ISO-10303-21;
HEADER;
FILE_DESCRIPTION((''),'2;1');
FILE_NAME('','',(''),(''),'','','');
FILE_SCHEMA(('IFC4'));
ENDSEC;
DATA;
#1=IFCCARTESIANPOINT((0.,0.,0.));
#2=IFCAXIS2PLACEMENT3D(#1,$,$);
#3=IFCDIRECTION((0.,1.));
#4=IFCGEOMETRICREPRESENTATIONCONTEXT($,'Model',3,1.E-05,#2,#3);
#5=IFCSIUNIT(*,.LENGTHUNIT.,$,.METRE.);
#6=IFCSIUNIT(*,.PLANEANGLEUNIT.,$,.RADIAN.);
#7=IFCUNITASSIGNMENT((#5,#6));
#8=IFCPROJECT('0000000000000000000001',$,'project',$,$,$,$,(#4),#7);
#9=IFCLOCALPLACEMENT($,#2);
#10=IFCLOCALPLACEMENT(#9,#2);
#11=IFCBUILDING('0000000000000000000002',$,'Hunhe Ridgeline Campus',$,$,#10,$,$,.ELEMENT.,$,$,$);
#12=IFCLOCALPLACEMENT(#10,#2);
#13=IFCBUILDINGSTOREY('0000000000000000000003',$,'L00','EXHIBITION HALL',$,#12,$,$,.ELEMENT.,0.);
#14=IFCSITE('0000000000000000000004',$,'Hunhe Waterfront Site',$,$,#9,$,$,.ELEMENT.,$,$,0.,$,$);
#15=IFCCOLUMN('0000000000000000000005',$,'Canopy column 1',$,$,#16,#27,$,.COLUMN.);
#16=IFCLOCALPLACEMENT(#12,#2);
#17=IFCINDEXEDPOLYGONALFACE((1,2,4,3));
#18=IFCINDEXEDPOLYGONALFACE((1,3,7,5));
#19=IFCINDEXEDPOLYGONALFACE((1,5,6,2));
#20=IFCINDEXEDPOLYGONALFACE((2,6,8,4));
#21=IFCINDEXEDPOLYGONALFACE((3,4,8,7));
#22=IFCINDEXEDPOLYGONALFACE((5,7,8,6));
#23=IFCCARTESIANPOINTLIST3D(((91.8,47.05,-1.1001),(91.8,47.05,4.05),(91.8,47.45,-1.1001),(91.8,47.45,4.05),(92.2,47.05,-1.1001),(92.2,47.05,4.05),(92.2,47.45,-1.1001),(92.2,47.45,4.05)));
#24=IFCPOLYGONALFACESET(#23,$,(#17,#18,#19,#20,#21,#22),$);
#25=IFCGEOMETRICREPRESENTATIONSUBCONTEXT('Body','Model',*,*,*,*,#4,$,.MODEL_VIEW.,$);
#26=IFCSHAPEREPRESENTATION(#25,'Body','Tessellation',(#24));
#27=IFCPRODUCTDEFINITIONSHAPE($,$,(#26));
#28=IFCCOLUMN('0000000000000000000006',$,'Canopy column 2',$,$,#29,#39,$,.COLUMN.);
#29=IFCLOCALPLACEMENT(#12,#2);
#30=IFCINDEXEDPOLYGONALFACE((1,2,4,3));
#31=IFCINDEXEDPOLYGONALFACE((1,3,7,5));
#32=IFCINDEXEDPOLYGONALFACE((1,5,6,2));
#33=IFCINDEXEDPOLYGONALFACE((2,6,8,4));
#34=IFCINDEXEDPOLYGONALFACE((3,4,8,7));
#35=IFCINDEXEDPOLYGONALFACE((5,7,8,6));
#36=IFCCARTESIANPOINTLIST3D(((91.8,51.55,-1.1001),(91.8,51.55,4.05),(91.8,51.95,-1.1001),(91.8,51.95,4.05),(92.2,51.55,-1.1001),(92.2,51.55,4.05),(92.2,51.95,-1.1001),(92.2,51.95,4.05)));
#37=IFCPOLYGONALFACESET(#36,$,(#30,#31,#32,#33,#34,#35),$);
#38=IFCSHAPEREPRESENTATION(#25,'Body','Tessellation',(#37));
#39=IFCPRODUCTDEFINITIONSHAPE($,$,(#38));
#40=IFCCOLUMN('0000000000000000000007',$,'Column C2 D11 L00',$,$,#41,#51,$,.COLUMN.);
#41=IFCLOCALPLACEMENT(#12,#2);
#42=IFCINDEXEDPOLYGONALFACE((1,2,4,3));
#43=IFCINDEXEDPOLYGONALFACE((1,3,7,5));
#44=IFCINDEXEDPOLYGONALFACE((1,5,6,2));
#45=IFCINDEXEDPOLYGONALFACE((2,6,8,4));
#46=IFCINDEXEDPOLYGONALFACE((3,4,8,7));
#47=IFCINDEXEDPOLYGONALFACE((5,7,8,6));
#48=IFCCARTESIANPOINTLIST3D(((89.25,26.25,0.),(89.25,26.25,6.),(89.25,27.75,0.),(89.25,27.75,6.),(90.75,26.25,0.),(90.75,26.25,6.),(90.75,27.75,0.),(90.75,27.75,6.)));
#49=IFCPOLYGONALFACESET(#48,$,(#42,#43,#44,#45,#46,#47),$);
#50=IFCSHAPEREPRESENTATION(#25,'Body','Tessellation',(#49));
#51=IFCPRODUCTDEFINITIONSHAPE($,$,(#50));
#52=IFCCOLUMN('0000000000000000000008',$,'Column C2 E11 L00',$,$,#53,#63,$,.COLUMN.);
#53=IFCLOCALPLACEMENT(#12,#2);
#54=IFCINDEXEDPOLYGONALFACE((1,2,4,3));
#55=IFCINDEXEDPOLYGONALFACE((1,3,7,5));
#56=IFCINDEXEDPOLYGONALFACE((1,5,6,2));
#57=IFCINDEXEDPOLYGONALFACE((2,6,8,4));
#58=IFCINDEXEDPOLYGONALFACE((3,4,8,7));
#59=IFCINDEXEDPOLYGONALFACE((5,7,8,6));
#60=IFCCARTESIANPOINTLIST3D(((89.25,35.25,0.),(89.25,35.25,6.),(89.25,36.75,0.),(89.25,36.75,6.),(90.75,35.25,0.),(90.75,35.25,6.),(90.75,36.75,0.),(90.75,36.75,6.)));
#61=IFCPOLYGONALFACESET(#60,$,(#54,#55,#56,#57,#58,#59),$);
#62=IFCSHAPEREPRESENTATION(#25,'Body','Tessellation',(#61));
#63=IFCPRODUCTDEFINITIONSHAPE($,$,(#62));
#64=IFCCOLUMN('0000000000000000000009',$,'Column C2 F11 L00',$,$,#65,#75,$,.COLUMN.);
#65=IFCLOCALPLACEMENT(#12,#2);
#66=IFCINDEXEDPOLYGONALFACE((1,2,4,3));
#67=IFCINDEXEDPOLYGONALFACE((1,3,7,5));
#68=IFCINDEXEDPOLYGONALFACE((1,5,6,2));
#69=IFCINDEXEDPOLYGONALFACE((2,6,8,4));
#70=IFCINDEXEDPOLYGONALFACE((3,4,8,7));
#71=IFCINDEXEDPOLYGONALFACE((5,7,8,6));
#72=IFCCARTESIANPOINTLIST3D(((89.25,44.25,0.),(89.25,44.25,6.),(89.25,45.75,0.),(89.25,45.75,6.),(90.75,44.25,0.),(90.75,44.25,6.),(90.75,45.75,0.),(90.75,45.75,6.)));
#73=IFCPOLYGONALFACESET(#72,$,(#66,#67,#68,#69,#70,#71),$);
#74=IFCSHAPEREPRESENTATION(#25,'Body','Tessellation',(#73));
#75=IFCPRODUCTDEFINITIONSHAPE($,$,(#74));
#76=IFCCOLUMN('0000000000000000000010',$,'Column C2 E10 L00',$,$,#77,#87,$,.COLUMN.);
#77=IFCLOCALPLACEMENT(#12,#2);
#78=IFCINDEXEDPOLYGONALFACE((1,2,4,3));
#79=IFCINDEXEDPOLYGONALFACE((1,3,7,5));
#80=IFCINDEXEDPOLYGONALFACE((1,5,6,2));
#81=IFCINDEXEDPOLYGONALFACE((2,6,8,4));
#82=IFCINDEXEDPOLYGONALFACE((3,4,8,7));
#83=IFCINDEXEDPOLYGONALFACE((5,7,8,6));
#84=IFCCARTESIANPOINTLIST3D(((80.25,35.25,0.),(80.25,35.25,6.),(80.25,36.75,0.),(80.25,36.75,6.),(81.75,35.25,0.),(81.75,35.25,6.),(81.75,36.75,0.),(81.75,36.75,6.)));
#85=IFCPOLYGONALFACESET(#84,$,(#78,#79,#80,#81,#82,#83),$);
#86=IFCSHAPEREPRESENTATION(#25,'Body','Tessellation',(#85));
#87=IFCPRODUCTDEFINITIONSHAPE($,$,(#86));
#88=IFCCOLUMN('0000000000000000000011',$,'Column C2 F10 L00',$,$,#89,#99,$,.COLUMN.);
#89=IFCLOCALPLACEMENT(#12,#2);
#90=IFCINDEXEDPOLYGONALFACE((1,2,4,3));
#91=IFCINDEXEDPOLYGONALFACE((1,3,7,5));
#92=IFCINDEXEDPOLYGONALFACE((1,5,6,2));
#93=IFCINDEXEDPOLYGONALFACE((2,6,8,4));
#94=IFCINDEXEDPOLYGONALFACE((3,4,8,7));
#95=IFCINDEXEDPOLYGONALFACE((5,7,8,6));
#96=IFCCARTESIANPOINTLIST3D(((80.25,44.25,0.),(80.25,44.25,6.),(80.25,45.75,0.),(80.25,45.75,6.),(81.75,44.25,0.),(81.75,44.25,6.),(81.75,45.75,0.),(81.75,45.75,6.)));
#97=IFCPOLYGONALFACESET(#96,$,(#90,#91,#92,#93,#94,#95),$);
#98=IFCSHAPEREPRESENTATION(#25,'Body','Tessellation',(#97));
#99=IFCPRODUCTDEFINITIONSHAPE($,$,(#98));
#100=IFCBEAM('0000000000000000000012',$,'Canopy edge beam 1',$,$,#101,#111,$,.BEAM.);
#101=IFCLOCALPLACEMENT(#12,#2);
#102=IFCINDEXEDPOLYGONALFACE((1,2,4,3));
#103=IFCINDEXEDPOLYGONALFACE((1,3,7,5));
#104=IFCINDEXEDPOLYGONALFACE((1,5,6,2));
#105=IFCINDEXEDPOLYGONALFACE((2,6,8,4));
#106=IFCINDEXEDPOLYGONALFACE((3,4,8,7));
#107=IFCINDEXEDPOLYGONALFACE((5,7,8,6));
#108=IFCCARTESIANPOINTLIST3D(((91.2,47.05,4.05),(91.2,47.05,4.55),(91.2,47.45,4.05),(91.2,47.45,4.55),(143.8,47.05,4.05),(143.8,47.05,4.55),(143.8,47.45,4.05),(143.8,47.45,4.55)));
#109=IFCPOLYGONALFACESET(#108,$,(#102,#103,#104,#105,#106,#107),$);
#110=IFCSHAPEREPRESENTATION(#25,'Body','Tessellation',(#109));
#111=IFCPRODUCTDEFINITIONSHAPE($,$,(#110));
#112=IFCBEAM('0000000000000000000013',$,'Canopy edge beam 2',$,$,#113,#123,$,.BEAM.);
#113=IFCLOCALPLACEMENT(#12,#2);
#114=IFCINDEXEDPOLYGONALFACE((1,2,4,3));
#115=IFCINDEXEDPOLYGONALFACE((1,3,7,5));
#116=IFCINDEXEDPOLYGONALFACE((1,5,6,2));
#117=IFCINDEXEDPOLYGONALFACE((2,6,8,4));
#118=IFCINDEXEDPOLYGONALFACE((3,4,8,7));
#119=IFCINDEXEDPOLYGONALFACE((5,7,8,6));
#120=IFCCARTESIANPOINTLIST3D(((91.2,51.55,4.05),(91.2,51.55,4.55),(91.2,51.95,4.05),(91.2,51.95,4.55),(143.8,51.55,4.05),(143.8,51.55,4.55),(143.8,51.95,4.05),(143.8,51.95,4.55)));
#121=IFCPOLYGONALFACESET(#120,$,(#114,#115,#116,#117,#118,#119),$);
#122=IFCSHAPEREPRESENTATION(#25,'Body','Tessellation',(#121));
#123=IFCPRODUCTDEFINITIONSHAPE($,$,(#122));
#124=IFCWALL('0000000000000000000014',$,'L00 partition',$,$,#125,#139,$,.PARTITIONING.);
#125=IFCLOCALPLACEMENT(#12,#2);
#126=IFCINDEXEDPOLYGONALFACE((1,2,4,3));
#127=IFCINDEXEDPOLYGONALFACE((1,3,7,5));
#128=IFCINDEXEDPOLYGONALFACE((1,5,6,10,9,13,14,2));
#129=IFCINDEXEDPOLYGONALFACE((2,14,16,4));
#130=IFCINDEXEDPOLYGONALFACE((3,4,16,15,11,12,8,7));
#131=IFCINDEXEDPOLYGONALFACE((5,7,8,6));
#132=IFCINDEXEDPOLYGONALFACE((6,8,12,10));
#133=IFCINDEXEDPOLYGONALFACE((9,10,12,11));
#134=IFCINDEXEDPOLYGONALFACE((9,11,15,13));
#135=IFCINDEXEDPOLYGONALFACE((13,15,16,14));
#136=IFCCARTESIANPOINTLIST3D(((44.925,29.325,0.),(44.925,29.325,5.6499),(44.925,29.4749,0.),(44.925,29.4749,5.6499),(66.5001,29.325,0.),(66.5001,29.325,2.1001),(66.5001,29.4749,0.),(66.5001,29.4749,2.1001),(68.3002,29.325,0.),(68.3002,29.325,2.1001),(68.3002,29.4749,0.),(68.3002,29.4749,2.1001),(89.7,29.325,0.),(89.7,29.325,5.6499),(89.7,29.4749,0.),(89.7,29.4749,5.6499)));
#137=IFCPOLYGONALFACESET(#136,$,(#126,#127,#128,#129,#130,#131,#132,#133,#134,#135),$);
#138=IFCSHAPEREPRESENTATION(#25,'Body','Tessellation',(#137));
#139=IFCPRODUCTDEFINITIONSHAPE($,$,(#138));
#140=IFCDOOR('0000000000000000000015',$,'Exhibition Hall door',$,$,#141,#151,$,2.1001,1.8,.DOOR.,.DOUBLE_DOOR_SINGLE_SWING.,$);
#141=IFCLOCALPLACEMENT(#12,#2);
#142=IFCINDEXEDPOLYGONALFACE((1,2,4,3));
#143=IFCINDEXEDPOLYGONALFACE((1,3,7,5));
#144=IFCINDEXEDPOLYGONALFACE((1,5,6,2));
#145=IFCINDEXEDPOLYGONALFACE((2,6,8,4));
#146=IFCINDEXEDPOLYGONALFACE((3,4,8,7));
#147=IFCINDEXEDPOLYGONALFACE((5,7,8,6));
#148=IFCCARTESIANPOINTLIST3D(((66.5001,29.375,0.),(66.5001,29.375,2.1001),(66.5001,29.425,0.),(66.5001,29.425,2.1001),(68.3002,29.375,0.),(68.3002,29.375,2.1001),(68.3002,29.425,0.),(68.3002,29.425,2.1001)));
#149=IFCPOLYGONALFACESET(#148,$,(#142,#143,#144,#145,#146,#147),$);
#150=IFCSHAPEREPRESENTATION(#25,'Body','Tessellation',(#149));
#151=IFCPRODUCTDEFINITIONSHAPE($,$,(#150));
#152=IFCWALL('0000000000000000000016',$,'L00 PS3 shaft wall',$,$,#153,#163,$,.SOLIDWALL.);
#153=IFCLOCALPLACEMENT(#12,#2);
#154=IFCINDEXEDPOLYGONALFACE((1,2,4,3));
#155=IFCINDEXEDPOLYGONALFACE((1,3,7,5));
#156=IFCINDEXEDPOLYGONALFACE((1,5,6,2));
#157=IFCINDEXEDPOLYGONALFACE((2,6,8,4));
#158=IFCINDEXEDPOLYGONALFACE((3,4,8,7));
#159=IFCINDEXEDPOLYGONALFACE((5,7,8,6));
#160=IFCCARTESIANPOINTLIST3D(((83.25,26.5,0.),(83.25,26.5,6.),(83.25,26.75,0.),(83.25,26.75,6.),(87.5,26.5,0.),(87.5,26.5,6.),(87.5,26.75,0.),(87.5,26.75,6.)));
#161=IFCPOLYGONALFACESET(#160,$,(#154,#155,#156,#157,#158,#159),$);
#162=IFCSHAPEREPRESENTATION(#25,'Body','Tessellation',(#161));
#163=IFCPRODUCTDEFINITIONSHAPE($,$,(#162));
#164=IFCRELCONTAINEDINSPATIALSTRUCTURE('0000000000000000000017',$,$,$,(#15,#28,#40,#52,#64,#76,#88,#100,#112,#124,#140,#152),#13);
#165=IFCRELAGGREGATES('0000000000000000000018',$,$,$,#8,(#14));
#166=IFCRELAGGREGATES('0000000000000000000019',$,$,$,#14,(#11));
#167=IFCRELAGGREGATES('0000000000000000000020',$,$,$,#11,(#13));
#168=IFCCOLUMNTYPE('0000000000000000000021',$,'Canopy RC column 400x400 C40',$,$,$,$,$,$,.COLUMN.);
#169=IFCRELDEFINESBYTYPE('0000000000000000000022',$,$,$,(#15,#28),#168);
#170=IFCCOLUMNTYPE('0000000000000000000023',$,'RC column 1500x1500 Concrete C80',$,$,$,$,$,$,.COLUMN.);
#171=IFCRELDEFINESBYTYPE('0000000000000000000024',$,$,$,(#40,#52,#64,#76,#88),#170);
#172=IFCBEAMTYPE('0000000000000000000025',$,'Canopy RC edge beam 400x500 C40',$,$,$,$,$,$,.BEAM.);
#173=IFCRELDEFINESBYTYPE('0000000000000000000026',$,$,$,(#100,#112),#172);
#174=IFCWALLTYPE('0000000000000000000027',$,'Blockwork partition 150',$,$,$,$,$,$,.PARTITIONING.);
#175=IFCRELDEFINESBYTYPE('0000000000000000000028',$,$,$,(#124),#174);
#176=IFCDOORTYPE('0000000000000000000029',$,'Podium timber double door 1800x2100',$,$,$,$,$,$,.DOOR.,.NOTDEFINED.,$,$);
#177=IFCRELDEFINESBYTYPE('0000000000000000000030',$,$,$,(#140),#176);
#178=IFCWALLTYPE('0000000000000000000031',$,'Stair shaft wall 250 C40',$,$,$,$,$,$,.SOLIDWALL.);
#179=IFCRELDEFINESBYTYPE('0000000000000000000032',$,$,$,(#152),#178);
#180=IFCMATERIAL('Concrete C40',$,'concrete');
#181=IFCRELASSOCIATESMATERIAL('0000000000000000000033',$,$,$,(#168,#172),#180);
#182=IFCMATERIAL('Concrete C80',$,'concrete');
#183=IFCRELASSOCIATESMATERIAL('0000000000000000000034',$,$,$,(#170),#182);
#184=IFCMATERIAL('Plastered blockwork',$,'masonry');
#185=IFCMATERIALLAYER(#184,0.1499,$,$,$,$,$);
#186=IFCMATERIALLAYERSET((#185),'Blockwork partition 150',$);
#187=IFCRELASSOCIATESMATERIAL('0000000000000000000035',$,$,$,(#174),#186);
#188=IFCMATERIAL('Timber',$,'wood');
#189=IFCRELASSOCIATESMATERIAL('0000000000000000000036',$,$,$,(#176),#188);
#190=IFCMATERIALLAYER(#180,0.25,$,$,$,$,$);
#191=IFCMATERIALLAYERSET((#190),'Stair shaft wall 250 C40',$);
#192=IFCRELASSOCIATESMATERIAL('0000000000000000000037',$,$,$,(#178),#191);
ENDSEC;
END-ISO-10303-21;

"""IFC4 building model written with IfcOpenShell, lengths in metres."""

from ifc_helpers import new_model, si_unit, direction, frame, frame_2d, origin, origin_2d, place, context, subcontext, project, spatial, rectangle, extrude, material, layer, layer_set, material_profile, profile_set, type_object, element, fill, save


model = new_model("IFC4")

# Units and contexts
model_context = context("Model", 3, precision=1e-05, world=origin(), true_north=direction((0.0, 1.0)))
body_context = subcontext(model_context, "Body", "Model", "MODEL_VIEW")
ifc_project = project(units=[si_unit("LENGTHUNIT", "METRE"), si_unit("PLANEANGLEUNIT", "RADIAN")], contexts=[model_context])

# Site, building, storey
site_placement = place(None, origin())
site = spatial("IfcSite", under=ifc_project, at=site_placement, Name="Hunhe Waterfront Site", CompositionType="ELEMENT", RefElevation=0.0)
building_placement = place(site_placement, origin())
building = spatial("IfcBuilding", under=site, at=building_placement, Name="Hunhe Ridgeline Campus", CompositionType="ELEMENT")
storey_placement = place(building_placement, origin())
storey = spatial("IfcBuildingStorey", under=building, at=storey_placement, Name="L00", Description="EXHIBITION HALL", CompositionType="ELEMENT", Elevation=0.0)

# Columns
ifc_material_1 = material(Name="Concrete C40", Category="concrete")
ifc_material_profile_1 = material_profile(ifc_material_1, rectangle(XDim=0.3999, YDim=0.3999, at=origin_2d()))
ifc_profile_set_1 = profile_set([ifc_material_profile_1], Name="Concrete C40")
column_type_1 = type_object("IfcColumnType", Name="Canopy RC column 400x400 C40", PredefinedType="COLUMN", material=ifc_profile_set_1)
for number, where, z_axis, x_axis, name in (
    (1, (92.0, 47.25, -1.1001), (0.0, 0.0, 1.0), (1.0, 0.0, 0.0), "Canopy column 1"),
    (2, (92.0, 51.75, -1.1001), (0.0, 0.0, 1.0), (1.0, 0.0, 0.0), "Canopy column 2"),
):
    element("IfcColumn", number, at=place(storey_placement, frame(where, z_axis=z_axis, x_axis=x_axis)), inside=storey, type_object=column_type_1, Name=name, PredefinedType="COLUMN", context=body_context, shape_type="SweptSolid", body=[
        extrude(rectangle(XDim=0.3999, YDim=0.3999, at=origin_2d()), origin(), (0.0, 0.0, 1.0), 5.1501),
    ])
ifc_material_2 = material(Name="Concrete C80", Category="concrete")
ifc_material_profile_2 = material_profile(ifc_material_2, rectangle(XDim=1.5, YDim=1.5, at=origin_2d()))
ifc_profile_set_2 = profile_set([ifc_material_profile_2], Name="Concrete C80")
column_type_2 = type_object("IfcColumnType", Name="RC column 1500x1500 Concrete C80", PredefinedType="COLUMN", material=ifc_profile_set_2)
for number, where, z_axis, x_axis, name in (
    (3, (90.0, 27.0, 0.0), (0.0, 0.0, 1.0), (1.0, 0.0, 0.0), "Column C2 D11 L00"),
    (4, (90.0, 36.0, 0.0), (0.0, 0.0, 1.0), (1.0, 0.0, 0.0), "Column C2 E11 L00"),
    (5, (90.0, 45.0, 0.0), (0.0, 0.0, 1.0), (1.0, 0.0, 0.0), "Column C2 F11 L00"),
    (6, (81.0, 36.0, 0.0), (0.0, 0.0, 1.0), (1.0, 0.0, 0.0), "Column C2 E10 L00"),
    (7, (81.0, 45.0, 0.0), (0.0, 0.0, 1.0), (1.0, 0.0, 0.0), "Column C2 F10 L00"),
):
    element("IfcColumn", number, at=place(storey_placement, frame(where, z_axis=z_axis, x_axis=x_axis)), inside=storey, type_object=column_type_2, Name=name, PredefinedType="COLUMN", context=body_context, shape_type="SweptSolid", body=[
        extrude(rectangle(XDim=1.5, YDim=1.5, at=origin_2d()), origin(), (0.0, 0.0, 1.0), 6.0),
    ])

# Beams
ifc_material_profile_3 = material_profile(ifc_material_1, rectangle(XDim=0.3999, YDim=0.5, at=origin_2d()))
ifc_profile_set_3 = profile_set([ifc_material_profile_3], Name="Concrete C40")
beam_type = type_object("IfcBeamType", Name="Canopy RC edge beam 400x500 C40", PredefinedType="BEAM", material=ifc_profile_set_3)
for number, where, z_axis, x_axis, name in (
    (8, (91.2, 47.25, 4.3), (1.0, 0.0, 0.0), (0.0, 1.0, 0.0), "Canopy edge beam 1"),
    (9, (91.2, 51.75, 4.3), (1.0, 0.0, 0.0), (0.0, 1.0, 0.0), "Canopy edge beam 2"),
):
    element("IfcBeam", number, at=place(storey_placement, frame(where, z_axis=z_axis, x_axis=x_axis)), inside=storey, type_object=beam_type, Name=name, PredefinedType="BEAM", context=body_context, shape_type="SweptSolid", body=[
        extrude(rectangle(XDim=0.3999, YDim=0.5, at=origin_2d()), origin(), (0.0, 0.0, 1.0), 52.6001),
    ])

# Wall, opening, door
ifc_material_3 = material(Name="Plastered blockwork", Category="masonry")
ifc_layer_1 = layer(ifc_material_3, 0.1499)
ifc_layer_set_1 = layer_set([ifc_layer_1], Name="Blockwork partition 150")
wall_type_1 = type_object("IfcWallType", Name="Blockwork partition 150", PredefinedType="PARTITIONING", material=ifc_layer_set_1)
wall_1_placement = place(storey_placement, frame((89.7, 29.3999, 0.0), z_axis=(0.0, 0.0, 1.0), x_axis=(-1.0, 0.0, 0.0)))
wall_1 = element("IfcWall", 10, at=wall_1_placement, inside=storey, type_object=wall_type_1, Name="L00 partition", PredefinedType="PARTITIONING", context=body_context, shape_type="SweptSolid", body=[
    extrude(rectangle(XDim=44.7749, YDim=0.1499, at=frame_2d((22.3875, 0.0))), origin(), (0.0, 0.0, 1.0), 5.6499),
])
opening_1_placement = place(wall_1_placement, frame((21.3999, 0.0, 0.0)))
opening_1 = element("IfcOpeningElement", 11, at=opening_1_placement, cuts=wall_1, PredefinedType="OPENING", context=body_context, shape_type="SweptSolid", body=[
    extrude(rectangle(XDim=1.8, YDim=2.1001, at=frame_2d((0.8999, 1.05))), frame((0.0, 0.075, 0.0), z_axis=(0.0, -1.0, 0.0), x_axis=(1.0, 0.0, 0.0)), (0.0, 0.0, 1.0), 0.1499),
])
ifc_material_4 = material(Name="Timber", Category="wood")
door_type_1 = type_object("IfcDoorType", Name="Podium timber double door 1800x2100", OperationType="NOTDEFINED", PredefinedType="DOOR", material=ifc_material_4)
door_1_placement = place(opening_1_placement, origin())
door_1 = element("IfcDoor", 12, at=door_1_placement, inside=storey, type_object=door_type_1, Name="Exhibition Hall door", OperationType="DOUBLE_DOOR_SINGLE_SWING", OverallHeight=2.1001, OverallWidth=1.8, PredefinedType="DOOR", context=body_context, shape_type="SweptSolid", body=[
    extrude(rectangle(XDim=1.8, YDim=2.1001, at=frame_2d((0.8999, 1.05))), frame((0.0, 0.0249, 0.0), z_axis=(0.0, -1.0, 0.0), x_axis=(1.0, 0.0, 0.0)), (0.0, 0.0, 1.0), 0.05),
])
fill(opening_1, door_1)

# Wall
ifc_layer_2 = layer(ifc_material_1, 0.25)
ifc_layer_set_2 = layer_set([ifc_layer_2], Name="Stair shaft wall 250 C40")
wall_type_2 = type_object("IfcWallType", Name="Stair shaft wall 250 C40", PredefinedType="SOLIDWALL", material=ifc_layer_set_2)
wall_2_placement = place(storey_placement, frame((83.25, 26.625, 0.0), z_axis=(0.0, 0.0, 1.0), x_axis=(1.0, 0.0, 0.0)))
element("IfcWall", 13, at=wall_2_placement, inside=storey, type_object=wall_type_2, Name="L00 PS3 shaft wall", PredefinedType="SOLIDWALL", context=body_context, shape_type="SweptSolid", body=[
    extrude(rectangle(XDim=4.25, YDim=0.25, at=frame_2d((2.125, 0.0))), origin(), (0.0, 0.0, 1.0), 6.0),
])

save(model, "model.ifc")
